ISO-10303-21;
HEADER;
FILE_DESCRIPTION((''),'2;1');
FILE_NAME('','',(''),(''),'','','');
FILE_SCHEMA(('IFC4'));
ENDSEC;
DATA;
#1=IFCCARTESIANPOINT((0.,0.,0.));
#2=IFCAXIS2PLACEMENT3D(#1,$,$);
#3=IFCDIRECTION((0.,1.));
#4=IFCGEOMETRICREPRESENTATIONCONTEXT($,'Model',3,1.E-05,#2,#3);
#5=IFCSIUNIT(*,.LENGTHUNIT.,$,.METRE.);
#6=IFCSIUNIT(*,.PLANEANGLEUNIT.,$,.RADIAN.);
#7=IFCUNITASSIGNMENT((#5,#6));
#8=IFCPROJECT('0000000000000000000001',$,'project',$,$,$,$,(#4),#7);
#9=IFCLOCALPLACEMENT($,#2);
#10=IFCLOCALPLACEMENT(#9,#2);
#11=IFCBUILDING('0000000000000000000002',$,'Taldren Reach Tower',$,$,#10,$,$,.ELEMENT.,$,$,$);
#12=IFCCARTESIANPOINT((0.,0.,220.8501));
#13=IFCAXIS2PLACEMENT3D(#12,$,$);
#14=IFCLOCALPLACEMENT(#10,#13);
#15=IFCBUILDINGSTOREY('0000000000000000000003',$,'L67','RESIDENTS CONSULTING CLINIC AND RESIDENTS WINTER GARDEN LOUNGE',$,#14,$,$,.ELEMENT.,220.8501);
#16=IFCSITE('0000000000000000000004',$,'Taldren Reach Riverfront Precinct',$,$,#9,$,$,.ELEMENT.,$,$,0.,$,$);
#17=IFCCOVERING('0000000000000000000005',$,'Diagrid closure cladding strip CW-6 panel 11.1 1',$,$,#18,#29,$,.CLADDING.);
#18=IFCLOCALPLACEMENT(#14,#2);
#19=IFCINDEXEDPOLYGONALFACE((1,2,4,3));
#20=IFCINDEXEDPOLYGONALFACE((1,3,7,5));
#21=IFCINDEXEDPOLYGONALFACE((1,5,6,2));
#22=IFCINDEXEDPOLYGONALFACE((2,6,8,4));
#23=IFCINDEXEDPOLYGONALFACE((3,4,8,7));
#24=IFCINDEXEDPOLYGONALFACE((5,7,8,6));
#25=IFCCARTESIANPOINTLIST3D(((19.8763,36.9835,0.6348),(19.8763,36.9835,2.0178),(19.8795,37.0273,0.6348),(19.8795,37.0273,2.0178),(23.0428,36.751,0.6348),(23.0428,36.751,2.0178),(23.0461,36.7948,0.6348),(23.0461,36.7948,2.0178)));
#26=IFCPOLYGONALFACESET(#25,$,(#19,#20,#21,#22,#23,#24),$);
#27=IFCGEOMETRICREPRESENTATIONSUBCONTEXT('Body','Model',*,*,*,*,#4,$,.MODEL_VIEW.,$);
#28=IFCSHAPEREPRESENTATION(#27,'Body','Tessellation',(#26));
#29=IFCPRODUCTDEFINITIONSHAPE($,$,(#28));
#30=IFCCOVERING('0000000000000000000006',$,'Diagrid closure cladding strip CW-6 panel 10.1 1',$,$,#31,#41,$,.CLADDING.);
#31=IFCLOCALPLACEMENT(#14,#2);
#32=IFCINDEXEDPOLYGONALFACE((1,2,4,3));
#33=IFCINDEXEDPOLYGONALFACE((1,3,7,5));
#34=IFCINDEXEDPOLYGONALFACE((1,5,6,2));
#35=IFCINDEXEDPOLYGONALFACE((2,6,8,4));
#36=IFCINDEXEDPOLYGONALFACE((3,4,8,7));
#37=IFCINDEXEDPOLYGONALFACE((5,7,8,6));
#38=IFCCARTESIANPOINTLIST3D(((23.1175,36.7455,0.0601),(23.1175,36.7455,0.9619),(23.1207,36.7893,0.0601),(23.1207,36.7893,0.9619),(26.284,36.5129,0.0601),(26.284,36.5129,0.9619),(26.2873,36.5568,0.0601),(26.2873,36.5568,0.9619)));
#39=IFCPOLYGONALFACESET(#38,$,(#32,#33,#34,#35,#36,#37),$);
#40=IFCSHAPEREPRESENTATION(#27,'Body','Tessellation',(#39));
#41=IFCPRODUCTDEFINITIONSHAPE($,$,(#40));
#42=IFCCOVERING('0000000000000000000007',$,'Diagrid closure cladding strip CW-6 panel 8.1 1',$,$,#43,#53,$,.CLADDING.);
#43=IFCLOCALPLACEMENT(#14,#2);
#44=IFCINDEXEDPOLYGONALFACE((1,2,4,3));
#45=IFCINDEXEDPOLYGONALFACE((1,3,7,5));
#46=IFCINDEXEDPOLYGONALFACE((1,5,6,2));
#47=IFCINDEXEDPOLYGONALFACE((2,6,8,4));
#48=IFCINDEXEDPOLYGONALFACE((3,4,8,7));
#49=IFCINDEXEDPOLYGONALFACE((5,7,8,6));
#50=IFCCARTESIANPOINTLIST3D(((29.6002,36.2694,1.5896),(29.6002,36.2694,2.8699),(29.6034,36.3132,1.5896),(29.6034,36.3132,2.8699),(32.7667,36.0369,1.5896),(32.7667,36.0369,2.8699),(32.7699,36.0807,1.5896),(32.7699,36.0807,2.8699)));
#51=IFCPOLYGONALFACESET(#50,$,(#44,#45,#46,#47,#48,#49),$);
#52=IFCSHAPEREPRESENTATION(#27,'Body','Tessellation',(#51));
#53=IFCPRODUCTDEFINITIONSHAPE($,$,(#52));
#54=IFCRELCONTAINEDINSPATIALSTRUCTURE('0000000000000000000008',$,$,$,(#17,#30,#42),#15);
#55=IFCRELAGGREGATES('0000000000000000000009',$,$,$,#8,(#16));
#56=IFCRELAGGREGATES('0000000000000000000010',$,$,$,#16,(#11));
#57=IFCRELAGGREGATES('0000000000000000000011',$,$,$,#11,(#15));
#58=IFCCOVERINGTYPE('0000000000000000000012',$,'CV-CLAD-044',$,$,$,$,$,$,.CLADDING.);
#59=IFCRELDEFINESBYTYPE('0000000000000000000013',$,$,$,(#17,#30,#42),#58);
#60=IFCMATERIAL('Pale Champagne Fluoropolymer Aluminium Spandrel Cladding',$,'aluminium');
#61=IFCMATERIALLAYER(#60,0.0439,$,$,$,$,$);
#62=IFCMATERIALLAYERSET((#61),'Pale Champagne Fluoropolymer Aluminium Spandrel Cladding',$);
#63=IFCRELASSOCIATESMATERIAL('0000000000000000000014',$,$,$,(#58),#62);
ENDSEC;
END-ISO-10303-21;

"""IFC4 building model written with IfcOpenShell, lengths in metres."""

from ifc_helpers import new_model, si_unit, direction, frame, origin, origin_2d, place, context, subcontext, project, spatial, rectangle, extrude, source, transform, mapped, material, layer, layer_set, type_object, element, save


model = new_model("IFC4")

# Units and contexts
model_context = context("Model", 3, precision=1e-05, world=origin(), true_north=direction((0.0, 1.0)))
body_context = subcontext(model_context, "Body", "Model", "MODEL_VIEW")
ifc_project = project(units=[si_unit("LENGTHUNIT", "METRE"), si_unit("PLANEANGLEUNIT", "RADIAN")], contexts=[model_context])

# Site, building, storey
site_placement = place(None, origin())
site = spatial("IfcSite", under=ifc_project, at=site_placement, Name="Taldren Reach Riverfront Precinct", CompositionType="ELEMENT", RefElevation=0.0)
building_placement = place(site_placement, origin())
building = spatial("IfcBuilding", under=site, at=building_placement, Name="Taldren Reach Tower", CompositionType="ELEMENT")
storey_placement = place(building_placement, frame((0.0, 0.0, 220.8501)))
storey = spatial("IfcBuildingStorey", under=building, at=storey_placement, Name="L67", Description="RESIDENTS CONSULTING CLINIC AND RESIDENTS WINTER GARDEN LOUNGE", CompositionType="ELEMENT", Elevation=220.8501)

# Coverings
ifc_material_1 = material(Name="Pale Champagne Fluoropolymer Aluminium Spandrel Cladding", Category="aluminium")
ifc_layer_1 = layer(ifc_material_1, 0.0439)
ifc_layer_set_1 = layer_set([ifc_layer_1], Name="Pale Champagne Fluoropolymer Aluminium Spandrel Cladding")
covering_type = type_object("IfcCoveringType", Name="CV-CLAD-044", PredefinedType="CLADDING", material=ifc_layer_set_1)
shared_shape_1 = source(origin(), body_context, "Body", "SweptSolid", [
    extrude(rectangle(XDim=3.175, YDim=0.0439, at=origin_2d()), origin(), (0.0, 0.0, 1.0), 1.3831),
])
for number, where, z_axis, x_axis, name in (
    (1, (21.4612, 36.8892, 0.6348), (0.0, 0.0, 1.0), (-0.997314, 0.073238, 0.0), "Diagrid closure cladding strip CW-6 panel 11.1 1"),
):
    element("IfcCovering", number, at=place(storey_placement, frame(where, z_axis=z_axis, x_axis=x_axis)), inside=storey, type_object=covering_type, Name=name, PredefinedType="CLADDING", context=body_context, shape_type="MappedRepresentation", body=[
        mapped(shared_shape_1, transform((0.0, 0.0, 0.0), scale=1.0)),
    ])
shared_shape_2 = source(origin(), body_context, "Body", "SweptSolid", [
    extrude(rectangle(XDim=3.175, YDim=0.0439, at=origin_2d()), origin(), (0.0, 0.0, 1.0), 0.9019),
])
covering_1_placement = place(storey_placement, frame((24.7024, 36.6511, 0.0601), z_axis=(0.0, 0.0, 1.0), x_axis=(-0.997314, 0.073238, 0.0)))
element("IfcCovering", 2, at=covering_1_placement, inside=storey, type_object=covering_type, Name="Diagrid closure cladding strip CW-6 panel 10.1 1", PredefinedType="CLADDING", context=body_context, shape_type="MappedRepresentation", body=[
    mapped(shared_shape_2, transform((0.0, 0.0, 0.0), scale=1.0)),
])
shared_shape_3 = source(origin(), body_context, "Body", "SweptSolid", [
    extrude(rectangle(XDim=3.175, YDim=0.0439, at=origin_2d()), origin(), (0.0, 0.0, 1.0), 1.2803),
])
covering_2_placement = place(storey_placement, frame((31.1851, 36.175, 1.5896), z_axis=(0.0, 0.0, 1.0), x_axis=(-0.997314, 0.073238, 0.0)))
element("IfcCovering", 3, at=covering_2_placement, inside=storey, type_object=covering_type, Name="Diagrid closure cladding strip CW-6 panel 8.1 1", PredefinedType="CLADDING", context=body_context, shape_type="MappedRepresentation", body=[
    mapped(shared_shape_3, transform((0.0, 0.0, 0.0), scale=1.0)),
])

save(model, "model.ifc")
